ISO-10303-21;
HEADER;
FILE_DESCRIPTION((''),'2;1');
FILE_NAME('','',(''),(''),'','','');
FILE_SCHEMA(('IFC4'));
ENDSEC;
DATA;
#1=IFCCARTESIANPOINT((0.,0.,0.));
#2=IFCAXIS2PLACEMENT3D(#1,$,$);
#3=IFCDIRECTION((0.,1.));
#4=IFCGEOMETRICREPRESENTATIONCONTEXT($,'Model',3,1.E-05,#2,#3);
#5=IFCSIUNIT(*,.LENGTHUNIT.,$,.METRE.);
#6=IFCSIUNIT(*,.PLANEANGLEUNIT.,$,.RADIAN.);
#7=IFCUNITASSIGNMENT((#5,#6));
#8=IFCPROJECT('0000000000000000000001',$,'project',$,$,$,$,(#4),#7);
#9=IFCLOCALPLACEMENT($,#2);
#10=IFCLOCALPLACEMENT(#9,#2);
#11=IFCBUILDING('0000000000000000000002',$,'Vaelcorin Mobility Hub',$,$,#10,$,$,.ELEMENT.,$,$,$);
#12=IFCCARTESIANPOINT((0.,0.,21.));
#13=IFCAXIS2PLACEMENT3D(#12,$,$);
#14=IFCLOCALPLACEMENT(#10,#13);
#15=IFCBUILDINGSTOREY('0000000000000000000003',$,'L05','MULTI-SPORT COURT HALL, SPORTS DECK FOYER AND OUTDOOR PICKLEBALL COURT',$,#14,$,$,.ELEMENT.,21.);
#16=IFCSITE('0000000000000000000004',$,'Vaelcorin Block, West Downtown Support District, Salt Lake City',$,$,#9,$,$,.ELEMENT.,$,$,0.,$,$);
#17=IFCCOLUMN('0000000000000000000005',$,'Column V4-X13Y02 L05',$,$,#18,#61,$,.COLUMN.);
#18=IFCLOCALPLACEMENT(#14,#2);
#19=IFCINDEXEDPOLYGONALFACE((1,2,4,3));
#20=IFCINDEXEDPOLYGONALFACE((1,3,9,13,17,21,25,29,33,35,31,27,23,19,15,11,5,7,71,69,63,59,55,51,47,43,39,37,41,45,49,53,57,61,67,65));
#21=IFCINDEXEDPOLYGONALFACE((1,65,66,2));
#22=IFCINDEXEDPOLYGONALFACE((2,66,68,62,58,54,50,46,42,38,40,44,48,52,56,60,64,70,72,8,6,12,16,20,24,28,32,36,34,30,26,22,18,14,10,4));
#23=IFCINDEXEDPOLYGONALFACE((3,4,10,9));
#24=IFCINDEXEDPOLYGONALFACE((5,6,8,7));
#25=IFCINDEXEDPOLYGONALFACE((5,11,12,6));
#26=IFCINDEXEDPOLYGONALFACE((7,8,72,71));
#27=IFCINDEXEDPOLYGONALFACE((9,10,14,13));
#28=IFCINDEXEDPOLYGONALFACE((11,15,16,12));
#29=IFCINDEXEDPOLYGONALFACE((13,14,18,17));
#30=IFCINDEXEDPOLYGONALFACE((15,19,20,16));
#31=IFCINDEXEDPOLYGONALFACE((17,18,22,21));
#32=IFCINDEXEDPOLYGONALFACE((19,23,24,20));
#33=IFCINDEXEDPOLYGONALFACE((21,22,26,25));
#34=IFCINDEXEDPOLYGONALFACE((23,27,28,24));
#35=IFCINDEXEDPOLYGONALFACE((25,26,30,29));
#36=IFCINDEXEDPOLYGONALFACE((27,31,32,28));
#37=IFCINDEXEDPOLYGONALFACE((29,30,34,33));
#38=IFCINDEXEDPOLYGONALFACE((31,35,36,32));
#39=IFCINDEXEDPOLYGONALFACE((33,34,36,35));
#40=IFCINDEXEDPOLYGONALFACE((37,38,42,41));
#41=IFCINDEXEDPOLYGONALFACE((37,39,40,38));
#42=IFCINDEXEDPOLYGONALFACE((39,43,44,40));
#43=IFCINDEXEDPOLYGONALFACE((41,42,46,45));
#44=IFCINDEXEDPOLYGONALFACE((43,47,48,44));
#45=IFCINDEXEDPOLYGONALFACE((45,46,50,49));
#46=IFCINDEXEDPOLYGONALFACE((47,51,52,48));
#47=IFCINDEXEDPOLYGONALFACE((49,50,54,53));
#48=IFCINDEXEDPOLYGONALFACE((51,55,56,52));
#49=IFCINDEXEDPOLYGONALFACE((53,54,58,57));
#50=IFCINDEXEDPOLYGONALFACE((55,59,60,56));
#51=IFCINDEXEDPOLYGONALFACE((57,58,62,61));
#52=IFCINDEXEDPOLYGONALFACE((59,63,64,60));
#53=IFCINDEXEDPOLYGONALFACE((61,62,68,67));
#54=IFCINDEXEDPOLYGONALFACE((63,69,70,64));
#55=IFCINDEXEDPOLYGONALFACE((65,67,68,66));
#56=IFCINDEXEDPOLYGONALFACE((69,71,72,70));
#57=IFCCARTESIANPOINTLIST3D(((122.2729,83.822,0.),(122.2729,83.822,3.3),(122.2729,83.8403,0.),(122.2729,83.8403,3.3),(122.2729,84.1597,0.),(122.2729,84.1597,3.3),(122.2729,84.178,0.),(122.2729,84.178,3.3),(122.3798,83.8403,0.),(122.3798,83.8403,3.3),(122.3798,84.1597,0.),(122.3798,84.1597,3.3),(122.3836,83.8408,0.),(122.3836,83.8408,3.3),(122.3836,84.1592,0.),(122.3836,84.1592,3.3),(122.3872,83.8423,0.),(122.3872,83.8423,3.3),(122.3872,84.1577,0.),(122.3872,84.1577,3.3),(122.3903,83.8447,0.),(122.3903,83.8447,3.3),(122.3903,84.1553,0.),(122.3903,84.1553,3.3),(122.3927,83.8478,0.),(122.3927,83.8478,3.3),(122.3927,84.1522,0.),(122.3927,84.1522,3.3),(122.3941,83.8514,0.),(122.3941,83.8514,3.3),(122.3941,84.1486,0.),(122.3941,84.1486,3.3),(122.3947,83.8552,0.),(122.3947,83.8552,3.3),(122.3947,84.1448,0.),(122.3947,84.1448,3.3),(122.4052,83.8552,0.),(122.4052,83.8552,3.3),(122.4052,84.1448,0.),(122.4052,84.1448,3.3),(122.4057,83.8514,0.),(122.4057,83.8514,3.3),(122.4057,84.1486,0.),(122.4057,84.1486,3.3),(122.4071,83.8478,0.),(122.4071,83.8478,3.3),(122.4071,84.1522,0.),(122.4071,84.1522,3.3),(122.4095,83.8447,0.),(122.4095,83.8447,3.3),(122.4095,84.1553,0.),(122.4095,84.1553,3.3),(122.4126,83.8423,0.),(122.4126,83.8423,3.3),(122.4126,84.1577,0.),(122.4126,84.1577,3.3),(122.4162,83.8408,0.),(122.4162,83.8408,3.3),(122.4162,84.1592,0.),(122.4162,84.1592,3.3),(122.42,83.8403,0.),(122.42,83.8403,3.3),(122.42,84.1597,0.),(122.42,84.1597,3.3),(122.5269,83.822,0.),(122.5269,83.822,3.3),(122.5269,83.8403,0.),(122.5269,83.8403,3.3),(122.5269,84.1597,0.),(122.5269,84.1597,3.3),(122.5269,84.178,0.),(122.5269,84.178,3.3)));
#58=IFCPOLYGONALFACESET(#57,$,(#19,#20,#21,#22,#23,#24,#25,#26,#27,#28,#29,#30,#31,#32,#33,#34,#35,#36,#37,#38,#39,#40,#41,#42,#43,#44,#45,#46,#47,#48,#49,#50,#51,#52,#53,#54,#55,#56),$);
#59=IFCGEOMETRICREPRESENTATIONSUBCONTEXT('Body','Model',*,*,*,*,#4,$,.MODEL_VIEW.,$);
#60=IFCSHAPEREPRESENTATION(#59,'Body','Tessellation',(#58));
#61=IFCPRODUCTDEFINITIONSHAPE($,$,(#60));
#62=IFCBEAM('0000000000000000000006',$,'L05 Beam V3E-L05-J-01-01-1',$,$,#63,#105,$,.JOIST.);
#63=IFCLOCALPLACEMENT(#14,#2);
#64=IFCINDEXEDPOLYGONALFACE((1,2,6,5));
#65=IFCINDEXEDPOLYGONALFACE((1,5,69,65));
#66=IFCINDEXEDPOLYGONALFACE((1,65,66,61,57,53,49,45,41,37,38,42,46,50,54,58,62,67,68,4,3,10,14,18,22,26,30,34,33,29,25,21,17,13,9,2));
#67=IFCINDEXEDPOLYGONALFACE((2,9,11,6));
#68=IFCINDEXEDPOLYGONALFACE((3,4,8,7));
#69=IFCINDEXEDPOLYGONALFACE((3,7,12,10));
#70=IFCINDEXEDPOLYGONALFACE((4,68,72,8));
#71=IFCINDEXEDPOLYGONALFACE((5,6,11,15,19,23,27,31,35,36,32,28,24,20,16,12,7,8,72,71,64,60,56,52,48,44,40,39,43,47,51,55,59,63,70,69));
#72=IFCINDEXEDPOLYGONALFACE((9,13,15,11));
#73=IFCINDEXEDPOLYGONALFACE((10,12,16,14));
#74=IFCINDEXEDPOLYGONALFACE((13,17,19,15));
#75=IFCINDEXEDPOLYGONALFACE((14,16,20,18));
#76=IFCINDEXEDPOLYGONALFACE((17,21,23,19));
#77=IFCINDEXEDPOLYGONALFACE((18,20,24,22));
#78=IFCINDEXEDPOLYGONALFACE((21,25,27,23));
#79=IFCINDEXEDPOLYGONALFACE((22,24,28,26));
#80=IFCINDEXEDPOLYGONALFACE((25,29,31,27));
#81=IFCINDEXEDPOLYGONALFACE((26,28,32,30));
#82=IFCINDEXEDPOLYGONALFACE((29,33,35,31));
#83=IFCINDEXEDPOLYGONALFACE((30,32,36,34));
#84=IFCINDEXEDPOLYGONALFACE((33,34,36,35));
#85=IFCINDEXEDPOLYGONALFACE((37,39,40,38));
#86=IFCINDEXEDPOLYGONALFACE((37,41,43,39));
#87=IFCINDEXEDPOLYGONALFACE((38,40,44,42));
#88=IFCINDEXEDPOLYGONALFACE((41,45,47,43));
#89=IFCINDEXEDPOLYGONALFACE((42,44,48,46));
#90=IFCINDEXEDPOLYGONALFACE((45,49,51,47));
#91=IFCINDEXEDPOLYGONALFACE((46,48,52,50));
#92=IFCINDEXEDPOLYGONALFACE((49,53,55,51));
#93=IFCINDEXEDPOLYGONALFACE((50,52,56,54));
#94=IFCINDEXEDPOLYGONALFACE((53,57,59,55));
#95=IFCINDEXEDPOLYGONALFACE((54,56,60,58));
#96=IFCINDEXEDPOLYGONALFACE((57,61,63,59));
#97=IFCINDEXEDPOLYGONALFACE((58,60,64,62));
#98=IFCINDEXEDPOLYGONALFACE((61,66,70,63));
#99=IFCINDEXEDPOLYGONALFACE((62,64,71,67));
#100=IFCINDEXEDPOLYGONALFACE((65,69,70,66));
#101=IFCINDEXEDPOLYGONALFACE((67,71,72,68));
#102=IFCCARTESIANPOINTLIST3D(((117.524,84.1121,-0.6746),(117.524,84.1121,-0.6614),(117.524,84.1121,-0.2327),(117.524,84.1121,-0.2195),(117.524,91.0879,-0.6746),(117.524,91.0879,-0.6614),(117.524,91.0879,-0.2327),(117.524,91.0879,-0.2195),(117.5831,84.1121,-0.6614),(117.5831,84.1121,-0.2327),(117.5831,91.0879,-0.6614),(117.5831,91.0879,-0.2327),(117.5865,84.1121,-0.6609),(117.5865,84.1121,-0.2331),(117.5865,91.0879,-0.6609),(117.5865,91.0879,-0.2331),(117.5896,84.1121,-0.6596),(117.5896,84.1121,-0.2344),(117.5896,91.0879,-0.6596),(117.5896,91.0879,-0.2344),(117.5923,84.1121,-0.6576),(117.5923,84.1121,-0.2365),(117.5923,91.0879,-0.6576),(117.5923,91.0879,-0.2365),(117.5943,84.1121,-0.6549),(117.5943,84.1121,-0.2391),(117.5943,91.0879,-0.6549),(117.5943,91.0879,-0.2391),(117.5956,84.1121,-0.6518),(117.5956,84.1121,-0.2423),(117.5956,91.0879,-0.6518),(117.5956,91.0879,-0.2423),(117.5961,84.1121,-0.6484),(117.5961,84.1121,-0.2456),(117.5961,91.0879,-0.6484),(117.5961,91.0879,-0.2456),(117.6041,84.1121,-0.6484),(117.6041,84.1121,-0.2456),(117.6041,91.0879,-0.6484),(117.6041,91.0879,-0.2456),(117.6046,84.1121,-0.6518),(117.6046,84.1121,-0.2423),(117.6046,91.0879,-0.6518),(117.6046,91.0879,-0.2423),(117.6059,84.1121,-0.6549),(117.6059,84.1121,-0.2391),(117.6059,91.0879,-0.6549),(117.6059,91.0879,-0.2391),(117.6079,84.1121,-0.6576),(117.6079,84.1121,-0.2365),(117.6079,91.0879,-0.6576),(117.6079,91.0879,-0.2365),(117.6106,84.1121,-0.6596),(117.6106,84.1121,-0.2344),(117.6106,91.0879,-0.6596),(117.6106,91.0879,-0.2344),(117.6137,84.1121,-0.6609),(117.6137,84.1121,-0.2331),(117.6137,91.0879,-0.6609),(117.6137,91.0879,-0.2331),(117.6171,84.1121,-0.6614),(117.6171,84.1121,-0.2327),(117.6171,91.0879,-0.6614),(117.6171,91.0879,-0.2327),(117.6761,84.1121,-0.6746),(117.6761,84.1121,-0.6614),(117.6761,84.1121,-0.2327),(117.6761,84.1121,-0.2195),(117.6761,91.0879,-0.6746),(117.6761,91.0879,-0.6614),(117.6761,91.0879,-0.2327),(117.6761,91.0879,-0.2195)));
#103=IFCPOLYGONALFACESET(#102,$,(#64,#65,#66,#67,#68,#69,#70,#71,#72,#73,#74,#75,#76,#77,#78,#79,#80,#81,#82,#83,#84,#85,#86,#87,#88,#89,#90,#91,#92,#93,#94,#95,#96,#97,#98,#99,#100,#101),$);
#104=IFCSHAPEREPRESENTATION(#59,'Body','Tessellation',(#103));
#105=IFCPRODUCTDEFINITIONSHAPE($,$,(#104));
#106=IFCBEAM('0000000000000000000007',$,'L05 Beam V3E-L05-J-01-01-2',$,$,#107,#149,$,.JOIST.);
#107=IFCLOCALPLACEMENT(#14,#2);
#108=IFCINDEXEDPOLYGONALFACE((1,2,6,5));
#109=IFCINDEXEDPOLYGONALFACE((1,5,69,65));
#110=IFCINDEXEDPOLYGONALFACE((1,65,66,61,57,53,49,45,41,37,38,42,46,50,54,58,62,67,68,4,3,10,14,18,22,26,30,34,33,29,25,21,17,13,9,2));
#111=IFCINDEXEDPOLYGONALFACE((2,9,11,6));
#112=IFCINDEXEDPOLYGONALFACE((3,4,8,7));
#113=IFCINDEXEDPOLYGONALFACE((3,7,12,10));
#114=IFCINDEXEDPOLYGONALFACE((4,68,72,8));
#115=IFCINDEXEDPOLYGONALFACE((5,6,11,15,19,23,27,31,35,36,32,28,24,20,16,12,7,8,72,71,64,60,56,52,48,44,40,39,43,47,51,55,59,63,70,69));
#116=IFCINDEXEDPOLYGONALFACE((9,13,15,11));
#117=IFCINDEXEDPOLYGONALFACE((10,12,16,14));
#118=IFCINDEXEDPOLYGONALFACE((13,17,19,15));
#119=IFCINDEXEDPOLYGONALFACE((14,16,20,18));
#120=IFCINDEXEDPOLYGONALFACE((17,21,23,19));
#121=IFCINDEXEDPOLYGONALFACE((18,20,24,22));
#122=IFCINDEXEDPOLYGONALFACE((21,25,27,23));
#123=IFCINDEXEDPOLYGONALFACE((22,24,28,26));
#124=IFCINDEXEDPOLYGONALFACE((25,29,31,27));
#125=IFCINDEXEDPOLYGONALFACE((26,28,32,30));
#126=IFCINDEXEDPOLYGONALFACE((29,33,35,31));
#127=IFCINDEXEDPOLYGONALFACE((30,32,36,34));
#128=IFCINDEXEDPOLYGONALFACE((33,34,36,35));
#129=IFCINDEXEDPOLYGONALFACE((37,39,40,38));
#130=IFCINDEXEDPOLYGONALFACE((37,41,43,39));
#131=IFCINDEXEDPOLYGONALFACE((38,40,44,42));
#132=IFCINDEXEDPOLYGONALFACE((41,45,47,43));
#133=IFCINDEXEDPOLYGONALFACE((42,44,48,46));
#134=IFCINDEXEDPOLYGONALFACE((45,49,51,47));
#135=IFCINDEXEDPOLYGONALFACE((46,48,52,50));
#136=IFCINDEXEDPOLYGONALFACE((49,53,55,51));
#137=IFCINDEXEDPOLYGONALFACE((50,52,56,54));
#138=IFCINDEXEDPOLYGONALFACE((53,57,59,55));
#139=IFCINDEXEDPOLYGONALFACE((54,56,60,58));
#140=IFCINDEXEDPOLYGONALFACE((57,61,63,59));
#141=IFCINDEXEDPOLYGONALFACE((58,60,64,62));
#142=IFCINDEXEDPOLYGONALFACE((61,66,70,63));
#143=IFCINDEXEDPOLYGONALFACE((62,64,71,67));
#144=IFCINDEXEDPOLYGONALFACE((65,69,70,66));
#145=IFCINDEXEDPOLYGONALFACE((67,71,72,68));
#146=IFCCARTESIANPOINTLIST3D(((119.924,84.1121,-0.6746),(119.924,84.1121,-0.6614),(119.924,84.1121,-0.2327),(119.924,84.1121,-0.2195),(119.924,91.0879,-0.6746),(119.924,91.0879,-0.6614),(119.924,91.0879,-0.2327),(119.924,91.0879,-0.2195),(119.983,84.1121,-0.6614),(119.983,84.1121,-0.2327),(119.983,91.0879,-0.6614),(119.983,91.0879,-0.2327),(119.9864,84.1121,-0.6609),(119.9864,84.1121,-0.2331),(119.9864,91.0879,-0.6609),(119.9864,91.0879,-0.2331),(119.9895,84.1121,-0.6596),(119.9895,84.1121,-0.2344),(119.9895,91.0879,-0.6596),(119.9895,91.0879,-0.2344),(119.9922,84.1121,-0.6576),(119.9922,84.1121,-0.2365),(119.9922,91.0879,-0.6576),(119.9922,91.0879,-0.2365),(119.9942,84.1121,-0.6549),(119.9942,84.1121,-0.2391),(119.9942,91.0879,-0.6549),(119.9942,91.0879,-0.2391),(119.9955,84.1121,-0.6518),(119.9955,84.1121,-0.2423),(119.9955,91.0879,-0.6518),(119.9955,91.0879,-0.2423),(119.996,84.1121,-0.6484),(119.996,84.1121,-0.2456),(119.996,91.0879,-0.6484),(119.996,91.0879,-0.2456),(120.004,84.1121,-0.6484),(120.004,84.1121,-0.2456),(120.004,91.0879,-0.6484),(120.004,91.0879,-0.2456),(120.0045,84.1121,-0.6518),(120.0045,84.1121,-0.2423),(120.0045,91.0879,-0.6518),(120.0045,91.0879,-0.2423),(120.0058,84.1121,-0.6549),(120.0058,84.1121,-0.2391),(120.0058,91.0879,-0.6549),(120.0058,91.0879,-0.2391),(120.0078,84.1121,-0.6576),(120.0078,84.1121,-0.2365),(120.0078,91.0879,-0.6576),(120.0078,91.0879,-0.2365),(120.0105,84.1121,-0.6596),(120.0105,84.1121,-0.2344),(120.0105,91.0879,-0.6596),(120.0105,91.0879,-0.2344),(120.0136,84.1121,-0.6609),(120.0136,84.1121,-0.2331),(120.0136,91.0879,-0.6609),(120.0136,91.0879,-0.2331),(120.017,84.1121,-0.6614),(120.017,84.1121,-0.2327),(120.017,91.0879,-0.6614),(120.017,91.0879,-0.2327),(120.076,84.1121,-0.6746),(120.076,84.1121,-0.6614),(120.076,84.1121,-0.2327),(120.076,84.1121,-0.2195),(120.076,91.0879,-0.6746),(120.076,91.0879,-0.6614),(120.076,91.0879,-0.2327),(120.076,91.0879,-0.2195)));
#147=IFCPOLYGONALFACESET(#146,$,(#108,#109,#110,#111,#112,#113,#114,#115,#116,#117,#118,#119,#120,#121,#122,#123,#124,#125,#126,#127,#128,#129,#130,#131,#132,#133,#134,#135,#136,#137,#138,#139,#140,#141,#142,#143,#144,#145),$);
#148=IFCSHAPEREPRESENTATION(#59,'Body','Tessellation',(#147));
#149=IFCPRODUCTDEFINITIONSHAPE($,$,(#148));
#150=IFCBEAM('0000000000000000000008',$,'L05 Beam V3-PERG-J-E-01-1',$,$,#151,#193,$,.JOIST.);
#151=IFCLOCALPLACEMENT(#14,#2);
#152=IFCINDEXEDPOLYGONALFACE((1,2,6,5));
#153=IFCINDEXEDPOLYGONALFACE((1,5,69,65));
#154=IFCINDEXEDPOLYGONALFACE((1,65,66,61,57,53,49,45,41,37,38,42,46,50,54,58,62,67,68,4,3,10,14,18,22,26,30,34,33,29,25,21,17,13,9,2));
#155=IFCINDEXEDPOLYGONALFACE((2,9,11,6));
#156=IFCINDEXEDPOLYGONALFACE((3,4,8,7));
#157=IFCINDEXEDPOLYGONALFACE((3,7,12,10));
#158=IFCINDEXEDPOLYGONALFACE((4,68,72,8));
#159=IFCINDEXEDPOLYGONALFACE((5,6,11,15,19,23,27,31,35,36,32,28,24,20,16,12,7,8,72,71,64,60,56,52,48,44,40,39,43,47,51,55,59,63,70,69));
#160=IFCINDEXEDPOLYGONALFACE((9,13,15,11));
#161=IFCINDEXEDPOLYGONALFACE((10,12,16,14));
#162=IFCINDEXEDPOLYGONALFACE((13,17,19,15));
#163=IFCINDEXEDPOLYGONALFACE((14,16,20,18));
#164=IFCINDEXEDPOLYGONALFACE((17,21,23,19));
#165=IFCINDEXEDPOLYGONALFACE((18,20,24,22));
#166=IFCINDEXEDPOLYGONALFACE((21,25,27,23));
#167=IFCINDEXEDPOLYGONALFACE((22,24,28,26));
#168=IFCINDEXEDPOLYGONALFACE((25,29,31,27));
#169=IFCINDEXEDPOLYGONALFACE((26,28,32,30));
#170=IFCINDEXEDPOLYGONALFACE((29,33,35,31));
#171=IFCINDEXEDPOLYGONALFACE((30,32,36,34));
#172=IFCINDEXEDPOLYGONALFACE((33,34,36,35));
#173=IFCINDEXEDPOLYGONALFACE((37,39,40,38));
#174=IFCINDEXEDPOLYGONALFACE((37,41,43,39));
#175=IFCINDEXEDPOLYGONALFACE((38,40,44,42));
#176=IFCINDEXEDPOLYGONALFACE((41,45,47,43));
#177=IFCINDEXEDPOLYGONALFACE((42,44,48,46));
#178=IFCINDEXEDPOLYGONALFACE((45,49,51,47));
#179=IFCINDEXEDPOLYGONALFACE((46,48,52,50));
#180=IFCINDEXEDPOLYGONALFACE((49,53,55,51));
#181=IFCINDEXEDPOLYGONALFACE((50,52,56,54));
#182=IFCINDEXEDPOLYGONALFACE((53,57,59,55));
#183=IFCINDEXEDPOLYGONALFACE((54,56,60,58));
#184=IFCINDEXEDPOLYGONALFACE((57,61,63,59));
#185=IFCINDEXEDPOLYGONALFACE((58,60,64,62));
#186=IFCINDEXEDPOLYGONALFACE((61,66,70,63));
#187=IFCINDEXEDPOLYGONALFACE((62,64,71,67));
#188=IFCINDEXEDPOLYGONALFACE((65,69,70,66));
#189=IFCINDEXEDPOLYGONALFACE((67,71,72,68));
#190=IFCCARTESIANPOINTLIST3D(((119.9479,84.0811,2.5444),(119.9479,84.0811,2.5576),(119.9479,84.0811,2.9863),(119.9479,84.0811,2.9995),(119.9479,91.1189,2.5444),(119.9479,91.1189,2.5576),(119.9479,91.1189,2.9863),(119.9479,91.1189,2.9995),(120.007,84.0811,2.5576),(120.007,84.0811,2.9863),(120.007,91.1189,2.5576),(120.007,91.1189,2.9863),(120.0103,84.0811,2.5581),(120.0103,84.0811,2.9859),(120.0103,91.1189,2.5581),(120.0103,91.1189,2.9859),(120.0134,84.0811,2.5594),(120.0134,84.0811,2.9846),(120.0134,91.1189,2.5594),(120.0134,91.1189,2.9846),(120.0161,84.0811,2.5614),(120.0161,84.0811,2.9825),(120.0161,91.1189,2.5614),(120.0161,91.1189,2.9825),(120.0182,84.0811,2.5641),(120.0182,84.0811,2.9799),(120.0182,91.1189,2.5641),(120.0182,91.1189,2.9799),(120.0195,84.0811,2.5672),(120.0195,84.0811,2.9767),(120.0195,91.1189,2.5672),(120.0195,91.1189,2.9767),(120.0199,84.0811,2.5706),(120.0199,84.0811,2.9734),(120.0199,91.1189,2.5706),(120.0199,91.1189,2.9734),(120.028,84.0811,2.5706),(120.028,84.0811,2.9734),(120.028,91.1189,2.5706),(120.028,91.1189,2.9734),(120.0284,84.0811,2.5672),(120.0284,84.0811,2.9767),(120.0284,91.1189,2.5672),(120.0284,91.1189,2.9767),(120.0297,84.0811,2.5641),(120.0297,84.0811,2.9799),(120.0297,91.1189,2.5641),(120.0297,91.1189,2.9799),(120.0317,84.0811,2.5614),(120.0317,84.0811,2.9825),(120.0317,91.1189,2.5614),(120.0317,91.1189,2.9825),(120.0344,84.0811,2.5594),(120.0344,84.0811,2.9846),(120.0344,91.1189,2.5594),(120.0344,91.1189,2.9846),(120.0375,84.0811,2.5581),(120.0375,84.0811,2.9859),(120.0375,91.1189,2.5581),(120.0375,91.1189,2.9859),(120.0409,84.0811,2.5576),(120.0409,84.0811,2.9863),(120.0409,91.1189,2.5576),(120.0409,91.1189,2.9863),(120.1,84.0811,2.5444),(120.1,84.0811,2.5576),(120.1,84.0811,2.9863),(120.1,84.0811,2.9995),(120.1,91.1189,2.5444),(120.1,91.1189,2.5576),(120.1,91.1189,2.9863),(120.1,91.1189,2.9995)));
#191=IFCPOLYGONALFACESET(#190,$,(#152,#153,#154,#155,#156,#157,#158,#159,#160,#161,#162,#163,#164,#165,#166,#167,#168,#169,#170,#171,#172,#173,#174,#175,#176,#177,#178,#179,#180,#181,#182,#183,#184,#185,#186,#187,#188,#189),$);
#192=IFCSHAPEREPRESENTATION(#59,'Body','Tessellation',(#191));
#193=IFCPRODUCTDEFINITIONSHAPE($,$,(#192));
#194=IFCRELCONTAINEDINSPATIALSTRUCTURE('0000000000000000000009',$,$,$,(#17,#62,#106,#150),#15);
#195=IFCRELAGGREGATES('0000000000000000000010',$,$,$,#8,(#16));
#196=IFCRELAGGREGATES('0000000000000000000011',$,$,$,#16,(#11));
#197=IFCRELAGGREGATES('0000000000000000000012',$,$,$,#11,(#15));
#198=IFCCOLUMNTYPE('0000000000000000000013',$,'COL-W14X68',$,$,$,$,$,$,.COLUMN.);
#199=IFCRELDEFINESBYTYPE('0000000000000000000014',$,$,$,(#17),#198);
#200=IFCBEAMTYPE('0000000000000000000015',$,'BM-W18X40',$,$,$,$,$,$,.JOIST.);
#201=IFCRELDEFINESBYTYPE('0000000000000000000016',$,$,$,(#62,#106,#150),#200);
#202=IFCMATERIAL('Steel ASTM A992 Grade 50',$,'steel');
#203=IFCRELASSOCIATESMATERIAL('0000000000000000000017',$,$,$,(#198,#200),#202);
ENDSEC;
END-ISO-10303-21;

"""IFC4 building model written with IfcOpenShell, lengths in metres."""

from ifc_helpers import new_model, si_unit, direction, frame, origin, origin_2d, place, context, subcontext, project, spatial, i_section, extrude, material, material_profile, profile_set, type_object, element, save


model = new_model("IFC4")

# Units and contexts
model_context = context("Model", 3, precision=1e-05, world=origin(), true_north=direction((0.0, 1.0)))
body_context = subcontext(model_context, "Body", "Model", "MODEL_VIEW")
ifc_project = project(units=[si_unit("LENGTHUNIT", "METRE"), si_unit("PLANEANGLEUNIT", "RADIAN")], contexts=[model_context])

# Site, building, storey
site_placement = place(None, origin())
site = spatial("IfcSite", under=ifc_project, at=site_placement, Name="Vaelcorin Block, West Downtown Support District, Salt Lake City", CompositionType="ELEMENT", RefElevation=0.0)
building_placement = place(site_placement, origin())
building = spatial("IfcBuilding", under=site, at=building_placement, Name="Vaelcorin Mobility Hub", CompositionType="ELEMENT")
storey_placement = place(building_placement, frame((0.0, 0.0, 21.0)))
storey = spatial("IfcBuildingStorey", under=building, at=storey_placement, Name="L05", Description="MULTI-SPORT COURT HALL, SPORTS DECK FOYER AND OUTDOOR PICKLEBALL COURT", CompositionType="ELEMENT", Elevation=21.0)

# Column
ifc_material_1 = material(Name="Steel ASTM A992 Grade 50", Category="steel")
ifc_material_profile_1 = material_profile(ifc_material_1, i_section(OverallWidth=0.2539, OverallDepth=0.356, WebThickness=0.0105, FlangeThickness=0.0183, FilletRadius=0.0149, at=origin_2d()), Name="W14X68")
ifc_profile_set_1 = profile_set([ifc_material_profile_1], Name="Steel ASTM A992 Grade 50")
column_type = type_object("IfcColumnType", Name="COL-W14X68", PredefinedType="COLUMN", material=ifc_profile_set_1)
column_placement = place(storey_placement, frame((122.3999, 84.0, 0.0), z_axis=(0.0, 0.0, 1.0), x_axis=(1.0, 0.0, 0.0)))
element("IfcColumn", 1, at=column_placement, inside=storey, type_object=column_type, Name="Column V4-X13Y02 L05", PredefinedType="COLUMN", context=body_context, shape_type="SweptSolid", body=[
    extrude(i_section(OverallWidth=0.2539, OverallDepth=0.356, WebThickness=0.0105, FlangeThickness=0.0183, FilletRadius=0.0149, at=origin_2d()), origin(), (0.0, 0.0, 1.0), 3.3),
])

# Beams
ifc_material_profile_2 = material_profile(ifc_material_1, i_section(OverallWidth=0.1521, OverallDepth=0.4551, WebThickness=0.0081, FlangeThickness=0.0132, FilletRadius=0.0129, at=origin_2d()), Name="W18X40")
ifc_profile_set_2 = profile_set([ifc_material_profile_2], Name="Steel ASTM A992 Grade 50")
beam_type_1 = type_object("IfcBeamType", Name="BM-W18X40", PredefinedType="JOIST", material=ifc_profile_set_2)
for number, where, z_axis, x_axis, name in (
    (2, (117.6001, 84.1121, -0.447), (0.0, 1.0, 0.0), (-1.0, 0.0, 0.0), "L05 Beam V3E-L05-J-01-01-1"),
    (3, (120.0, 84.1121, -0.447), (0.0, 1.0, 0.0), (-1.0, 0.0, 0.0), "L05 Beam V3E-L05-J-01-01-2"),
):
    element("IfcBeam", number, at=place(storey_placement, frame(where, z_axis=z_axis, x_axis=x_axis)), inside=storey, type_object=beam_type_1, Name=name, PredefinedType="JOIST", context=body_context, shape_type="SweptSolid", body=[
        extrude(i_section(OverallWidth=0.1521, OverallDepth=0.4551, WebThickness=0.0081, FlangeThickness=0.0132, FilletRadius=0.0129, at=origin_2d()), origin(), (0.0, 0.0, 1.0), 6.9758),
    ])
for number, where, z_axis, x_axis, name in (
    (4, (120.0239, 84.0811, 2.772), (0.0, 1.0, 0.0), (-1.0, 0.0, 0.0), "L05 Beam V3-PERG-J-E-01-1"),
):
    element("IfcBeam", number, at=place(storey_placement, frame(where, z_axis=z_axis, x_axis=x_axis)), inside=storey, type_object=beam_type_1, Name=name, PredefinedType="JOIST", context=body_context, shape_type="SweptSolid", body=[
        extrude(i_section(OverallWidth=0.1521, OverallDepth=0.4551, WebThickness=0.0081, FlangeThickness=0.0132, FilletRadius=0.0129, at=origin_2d()), origin(), (0.0, 0.0, 1.0), 7.0378),
    ])

save(model, "model.ifc")
